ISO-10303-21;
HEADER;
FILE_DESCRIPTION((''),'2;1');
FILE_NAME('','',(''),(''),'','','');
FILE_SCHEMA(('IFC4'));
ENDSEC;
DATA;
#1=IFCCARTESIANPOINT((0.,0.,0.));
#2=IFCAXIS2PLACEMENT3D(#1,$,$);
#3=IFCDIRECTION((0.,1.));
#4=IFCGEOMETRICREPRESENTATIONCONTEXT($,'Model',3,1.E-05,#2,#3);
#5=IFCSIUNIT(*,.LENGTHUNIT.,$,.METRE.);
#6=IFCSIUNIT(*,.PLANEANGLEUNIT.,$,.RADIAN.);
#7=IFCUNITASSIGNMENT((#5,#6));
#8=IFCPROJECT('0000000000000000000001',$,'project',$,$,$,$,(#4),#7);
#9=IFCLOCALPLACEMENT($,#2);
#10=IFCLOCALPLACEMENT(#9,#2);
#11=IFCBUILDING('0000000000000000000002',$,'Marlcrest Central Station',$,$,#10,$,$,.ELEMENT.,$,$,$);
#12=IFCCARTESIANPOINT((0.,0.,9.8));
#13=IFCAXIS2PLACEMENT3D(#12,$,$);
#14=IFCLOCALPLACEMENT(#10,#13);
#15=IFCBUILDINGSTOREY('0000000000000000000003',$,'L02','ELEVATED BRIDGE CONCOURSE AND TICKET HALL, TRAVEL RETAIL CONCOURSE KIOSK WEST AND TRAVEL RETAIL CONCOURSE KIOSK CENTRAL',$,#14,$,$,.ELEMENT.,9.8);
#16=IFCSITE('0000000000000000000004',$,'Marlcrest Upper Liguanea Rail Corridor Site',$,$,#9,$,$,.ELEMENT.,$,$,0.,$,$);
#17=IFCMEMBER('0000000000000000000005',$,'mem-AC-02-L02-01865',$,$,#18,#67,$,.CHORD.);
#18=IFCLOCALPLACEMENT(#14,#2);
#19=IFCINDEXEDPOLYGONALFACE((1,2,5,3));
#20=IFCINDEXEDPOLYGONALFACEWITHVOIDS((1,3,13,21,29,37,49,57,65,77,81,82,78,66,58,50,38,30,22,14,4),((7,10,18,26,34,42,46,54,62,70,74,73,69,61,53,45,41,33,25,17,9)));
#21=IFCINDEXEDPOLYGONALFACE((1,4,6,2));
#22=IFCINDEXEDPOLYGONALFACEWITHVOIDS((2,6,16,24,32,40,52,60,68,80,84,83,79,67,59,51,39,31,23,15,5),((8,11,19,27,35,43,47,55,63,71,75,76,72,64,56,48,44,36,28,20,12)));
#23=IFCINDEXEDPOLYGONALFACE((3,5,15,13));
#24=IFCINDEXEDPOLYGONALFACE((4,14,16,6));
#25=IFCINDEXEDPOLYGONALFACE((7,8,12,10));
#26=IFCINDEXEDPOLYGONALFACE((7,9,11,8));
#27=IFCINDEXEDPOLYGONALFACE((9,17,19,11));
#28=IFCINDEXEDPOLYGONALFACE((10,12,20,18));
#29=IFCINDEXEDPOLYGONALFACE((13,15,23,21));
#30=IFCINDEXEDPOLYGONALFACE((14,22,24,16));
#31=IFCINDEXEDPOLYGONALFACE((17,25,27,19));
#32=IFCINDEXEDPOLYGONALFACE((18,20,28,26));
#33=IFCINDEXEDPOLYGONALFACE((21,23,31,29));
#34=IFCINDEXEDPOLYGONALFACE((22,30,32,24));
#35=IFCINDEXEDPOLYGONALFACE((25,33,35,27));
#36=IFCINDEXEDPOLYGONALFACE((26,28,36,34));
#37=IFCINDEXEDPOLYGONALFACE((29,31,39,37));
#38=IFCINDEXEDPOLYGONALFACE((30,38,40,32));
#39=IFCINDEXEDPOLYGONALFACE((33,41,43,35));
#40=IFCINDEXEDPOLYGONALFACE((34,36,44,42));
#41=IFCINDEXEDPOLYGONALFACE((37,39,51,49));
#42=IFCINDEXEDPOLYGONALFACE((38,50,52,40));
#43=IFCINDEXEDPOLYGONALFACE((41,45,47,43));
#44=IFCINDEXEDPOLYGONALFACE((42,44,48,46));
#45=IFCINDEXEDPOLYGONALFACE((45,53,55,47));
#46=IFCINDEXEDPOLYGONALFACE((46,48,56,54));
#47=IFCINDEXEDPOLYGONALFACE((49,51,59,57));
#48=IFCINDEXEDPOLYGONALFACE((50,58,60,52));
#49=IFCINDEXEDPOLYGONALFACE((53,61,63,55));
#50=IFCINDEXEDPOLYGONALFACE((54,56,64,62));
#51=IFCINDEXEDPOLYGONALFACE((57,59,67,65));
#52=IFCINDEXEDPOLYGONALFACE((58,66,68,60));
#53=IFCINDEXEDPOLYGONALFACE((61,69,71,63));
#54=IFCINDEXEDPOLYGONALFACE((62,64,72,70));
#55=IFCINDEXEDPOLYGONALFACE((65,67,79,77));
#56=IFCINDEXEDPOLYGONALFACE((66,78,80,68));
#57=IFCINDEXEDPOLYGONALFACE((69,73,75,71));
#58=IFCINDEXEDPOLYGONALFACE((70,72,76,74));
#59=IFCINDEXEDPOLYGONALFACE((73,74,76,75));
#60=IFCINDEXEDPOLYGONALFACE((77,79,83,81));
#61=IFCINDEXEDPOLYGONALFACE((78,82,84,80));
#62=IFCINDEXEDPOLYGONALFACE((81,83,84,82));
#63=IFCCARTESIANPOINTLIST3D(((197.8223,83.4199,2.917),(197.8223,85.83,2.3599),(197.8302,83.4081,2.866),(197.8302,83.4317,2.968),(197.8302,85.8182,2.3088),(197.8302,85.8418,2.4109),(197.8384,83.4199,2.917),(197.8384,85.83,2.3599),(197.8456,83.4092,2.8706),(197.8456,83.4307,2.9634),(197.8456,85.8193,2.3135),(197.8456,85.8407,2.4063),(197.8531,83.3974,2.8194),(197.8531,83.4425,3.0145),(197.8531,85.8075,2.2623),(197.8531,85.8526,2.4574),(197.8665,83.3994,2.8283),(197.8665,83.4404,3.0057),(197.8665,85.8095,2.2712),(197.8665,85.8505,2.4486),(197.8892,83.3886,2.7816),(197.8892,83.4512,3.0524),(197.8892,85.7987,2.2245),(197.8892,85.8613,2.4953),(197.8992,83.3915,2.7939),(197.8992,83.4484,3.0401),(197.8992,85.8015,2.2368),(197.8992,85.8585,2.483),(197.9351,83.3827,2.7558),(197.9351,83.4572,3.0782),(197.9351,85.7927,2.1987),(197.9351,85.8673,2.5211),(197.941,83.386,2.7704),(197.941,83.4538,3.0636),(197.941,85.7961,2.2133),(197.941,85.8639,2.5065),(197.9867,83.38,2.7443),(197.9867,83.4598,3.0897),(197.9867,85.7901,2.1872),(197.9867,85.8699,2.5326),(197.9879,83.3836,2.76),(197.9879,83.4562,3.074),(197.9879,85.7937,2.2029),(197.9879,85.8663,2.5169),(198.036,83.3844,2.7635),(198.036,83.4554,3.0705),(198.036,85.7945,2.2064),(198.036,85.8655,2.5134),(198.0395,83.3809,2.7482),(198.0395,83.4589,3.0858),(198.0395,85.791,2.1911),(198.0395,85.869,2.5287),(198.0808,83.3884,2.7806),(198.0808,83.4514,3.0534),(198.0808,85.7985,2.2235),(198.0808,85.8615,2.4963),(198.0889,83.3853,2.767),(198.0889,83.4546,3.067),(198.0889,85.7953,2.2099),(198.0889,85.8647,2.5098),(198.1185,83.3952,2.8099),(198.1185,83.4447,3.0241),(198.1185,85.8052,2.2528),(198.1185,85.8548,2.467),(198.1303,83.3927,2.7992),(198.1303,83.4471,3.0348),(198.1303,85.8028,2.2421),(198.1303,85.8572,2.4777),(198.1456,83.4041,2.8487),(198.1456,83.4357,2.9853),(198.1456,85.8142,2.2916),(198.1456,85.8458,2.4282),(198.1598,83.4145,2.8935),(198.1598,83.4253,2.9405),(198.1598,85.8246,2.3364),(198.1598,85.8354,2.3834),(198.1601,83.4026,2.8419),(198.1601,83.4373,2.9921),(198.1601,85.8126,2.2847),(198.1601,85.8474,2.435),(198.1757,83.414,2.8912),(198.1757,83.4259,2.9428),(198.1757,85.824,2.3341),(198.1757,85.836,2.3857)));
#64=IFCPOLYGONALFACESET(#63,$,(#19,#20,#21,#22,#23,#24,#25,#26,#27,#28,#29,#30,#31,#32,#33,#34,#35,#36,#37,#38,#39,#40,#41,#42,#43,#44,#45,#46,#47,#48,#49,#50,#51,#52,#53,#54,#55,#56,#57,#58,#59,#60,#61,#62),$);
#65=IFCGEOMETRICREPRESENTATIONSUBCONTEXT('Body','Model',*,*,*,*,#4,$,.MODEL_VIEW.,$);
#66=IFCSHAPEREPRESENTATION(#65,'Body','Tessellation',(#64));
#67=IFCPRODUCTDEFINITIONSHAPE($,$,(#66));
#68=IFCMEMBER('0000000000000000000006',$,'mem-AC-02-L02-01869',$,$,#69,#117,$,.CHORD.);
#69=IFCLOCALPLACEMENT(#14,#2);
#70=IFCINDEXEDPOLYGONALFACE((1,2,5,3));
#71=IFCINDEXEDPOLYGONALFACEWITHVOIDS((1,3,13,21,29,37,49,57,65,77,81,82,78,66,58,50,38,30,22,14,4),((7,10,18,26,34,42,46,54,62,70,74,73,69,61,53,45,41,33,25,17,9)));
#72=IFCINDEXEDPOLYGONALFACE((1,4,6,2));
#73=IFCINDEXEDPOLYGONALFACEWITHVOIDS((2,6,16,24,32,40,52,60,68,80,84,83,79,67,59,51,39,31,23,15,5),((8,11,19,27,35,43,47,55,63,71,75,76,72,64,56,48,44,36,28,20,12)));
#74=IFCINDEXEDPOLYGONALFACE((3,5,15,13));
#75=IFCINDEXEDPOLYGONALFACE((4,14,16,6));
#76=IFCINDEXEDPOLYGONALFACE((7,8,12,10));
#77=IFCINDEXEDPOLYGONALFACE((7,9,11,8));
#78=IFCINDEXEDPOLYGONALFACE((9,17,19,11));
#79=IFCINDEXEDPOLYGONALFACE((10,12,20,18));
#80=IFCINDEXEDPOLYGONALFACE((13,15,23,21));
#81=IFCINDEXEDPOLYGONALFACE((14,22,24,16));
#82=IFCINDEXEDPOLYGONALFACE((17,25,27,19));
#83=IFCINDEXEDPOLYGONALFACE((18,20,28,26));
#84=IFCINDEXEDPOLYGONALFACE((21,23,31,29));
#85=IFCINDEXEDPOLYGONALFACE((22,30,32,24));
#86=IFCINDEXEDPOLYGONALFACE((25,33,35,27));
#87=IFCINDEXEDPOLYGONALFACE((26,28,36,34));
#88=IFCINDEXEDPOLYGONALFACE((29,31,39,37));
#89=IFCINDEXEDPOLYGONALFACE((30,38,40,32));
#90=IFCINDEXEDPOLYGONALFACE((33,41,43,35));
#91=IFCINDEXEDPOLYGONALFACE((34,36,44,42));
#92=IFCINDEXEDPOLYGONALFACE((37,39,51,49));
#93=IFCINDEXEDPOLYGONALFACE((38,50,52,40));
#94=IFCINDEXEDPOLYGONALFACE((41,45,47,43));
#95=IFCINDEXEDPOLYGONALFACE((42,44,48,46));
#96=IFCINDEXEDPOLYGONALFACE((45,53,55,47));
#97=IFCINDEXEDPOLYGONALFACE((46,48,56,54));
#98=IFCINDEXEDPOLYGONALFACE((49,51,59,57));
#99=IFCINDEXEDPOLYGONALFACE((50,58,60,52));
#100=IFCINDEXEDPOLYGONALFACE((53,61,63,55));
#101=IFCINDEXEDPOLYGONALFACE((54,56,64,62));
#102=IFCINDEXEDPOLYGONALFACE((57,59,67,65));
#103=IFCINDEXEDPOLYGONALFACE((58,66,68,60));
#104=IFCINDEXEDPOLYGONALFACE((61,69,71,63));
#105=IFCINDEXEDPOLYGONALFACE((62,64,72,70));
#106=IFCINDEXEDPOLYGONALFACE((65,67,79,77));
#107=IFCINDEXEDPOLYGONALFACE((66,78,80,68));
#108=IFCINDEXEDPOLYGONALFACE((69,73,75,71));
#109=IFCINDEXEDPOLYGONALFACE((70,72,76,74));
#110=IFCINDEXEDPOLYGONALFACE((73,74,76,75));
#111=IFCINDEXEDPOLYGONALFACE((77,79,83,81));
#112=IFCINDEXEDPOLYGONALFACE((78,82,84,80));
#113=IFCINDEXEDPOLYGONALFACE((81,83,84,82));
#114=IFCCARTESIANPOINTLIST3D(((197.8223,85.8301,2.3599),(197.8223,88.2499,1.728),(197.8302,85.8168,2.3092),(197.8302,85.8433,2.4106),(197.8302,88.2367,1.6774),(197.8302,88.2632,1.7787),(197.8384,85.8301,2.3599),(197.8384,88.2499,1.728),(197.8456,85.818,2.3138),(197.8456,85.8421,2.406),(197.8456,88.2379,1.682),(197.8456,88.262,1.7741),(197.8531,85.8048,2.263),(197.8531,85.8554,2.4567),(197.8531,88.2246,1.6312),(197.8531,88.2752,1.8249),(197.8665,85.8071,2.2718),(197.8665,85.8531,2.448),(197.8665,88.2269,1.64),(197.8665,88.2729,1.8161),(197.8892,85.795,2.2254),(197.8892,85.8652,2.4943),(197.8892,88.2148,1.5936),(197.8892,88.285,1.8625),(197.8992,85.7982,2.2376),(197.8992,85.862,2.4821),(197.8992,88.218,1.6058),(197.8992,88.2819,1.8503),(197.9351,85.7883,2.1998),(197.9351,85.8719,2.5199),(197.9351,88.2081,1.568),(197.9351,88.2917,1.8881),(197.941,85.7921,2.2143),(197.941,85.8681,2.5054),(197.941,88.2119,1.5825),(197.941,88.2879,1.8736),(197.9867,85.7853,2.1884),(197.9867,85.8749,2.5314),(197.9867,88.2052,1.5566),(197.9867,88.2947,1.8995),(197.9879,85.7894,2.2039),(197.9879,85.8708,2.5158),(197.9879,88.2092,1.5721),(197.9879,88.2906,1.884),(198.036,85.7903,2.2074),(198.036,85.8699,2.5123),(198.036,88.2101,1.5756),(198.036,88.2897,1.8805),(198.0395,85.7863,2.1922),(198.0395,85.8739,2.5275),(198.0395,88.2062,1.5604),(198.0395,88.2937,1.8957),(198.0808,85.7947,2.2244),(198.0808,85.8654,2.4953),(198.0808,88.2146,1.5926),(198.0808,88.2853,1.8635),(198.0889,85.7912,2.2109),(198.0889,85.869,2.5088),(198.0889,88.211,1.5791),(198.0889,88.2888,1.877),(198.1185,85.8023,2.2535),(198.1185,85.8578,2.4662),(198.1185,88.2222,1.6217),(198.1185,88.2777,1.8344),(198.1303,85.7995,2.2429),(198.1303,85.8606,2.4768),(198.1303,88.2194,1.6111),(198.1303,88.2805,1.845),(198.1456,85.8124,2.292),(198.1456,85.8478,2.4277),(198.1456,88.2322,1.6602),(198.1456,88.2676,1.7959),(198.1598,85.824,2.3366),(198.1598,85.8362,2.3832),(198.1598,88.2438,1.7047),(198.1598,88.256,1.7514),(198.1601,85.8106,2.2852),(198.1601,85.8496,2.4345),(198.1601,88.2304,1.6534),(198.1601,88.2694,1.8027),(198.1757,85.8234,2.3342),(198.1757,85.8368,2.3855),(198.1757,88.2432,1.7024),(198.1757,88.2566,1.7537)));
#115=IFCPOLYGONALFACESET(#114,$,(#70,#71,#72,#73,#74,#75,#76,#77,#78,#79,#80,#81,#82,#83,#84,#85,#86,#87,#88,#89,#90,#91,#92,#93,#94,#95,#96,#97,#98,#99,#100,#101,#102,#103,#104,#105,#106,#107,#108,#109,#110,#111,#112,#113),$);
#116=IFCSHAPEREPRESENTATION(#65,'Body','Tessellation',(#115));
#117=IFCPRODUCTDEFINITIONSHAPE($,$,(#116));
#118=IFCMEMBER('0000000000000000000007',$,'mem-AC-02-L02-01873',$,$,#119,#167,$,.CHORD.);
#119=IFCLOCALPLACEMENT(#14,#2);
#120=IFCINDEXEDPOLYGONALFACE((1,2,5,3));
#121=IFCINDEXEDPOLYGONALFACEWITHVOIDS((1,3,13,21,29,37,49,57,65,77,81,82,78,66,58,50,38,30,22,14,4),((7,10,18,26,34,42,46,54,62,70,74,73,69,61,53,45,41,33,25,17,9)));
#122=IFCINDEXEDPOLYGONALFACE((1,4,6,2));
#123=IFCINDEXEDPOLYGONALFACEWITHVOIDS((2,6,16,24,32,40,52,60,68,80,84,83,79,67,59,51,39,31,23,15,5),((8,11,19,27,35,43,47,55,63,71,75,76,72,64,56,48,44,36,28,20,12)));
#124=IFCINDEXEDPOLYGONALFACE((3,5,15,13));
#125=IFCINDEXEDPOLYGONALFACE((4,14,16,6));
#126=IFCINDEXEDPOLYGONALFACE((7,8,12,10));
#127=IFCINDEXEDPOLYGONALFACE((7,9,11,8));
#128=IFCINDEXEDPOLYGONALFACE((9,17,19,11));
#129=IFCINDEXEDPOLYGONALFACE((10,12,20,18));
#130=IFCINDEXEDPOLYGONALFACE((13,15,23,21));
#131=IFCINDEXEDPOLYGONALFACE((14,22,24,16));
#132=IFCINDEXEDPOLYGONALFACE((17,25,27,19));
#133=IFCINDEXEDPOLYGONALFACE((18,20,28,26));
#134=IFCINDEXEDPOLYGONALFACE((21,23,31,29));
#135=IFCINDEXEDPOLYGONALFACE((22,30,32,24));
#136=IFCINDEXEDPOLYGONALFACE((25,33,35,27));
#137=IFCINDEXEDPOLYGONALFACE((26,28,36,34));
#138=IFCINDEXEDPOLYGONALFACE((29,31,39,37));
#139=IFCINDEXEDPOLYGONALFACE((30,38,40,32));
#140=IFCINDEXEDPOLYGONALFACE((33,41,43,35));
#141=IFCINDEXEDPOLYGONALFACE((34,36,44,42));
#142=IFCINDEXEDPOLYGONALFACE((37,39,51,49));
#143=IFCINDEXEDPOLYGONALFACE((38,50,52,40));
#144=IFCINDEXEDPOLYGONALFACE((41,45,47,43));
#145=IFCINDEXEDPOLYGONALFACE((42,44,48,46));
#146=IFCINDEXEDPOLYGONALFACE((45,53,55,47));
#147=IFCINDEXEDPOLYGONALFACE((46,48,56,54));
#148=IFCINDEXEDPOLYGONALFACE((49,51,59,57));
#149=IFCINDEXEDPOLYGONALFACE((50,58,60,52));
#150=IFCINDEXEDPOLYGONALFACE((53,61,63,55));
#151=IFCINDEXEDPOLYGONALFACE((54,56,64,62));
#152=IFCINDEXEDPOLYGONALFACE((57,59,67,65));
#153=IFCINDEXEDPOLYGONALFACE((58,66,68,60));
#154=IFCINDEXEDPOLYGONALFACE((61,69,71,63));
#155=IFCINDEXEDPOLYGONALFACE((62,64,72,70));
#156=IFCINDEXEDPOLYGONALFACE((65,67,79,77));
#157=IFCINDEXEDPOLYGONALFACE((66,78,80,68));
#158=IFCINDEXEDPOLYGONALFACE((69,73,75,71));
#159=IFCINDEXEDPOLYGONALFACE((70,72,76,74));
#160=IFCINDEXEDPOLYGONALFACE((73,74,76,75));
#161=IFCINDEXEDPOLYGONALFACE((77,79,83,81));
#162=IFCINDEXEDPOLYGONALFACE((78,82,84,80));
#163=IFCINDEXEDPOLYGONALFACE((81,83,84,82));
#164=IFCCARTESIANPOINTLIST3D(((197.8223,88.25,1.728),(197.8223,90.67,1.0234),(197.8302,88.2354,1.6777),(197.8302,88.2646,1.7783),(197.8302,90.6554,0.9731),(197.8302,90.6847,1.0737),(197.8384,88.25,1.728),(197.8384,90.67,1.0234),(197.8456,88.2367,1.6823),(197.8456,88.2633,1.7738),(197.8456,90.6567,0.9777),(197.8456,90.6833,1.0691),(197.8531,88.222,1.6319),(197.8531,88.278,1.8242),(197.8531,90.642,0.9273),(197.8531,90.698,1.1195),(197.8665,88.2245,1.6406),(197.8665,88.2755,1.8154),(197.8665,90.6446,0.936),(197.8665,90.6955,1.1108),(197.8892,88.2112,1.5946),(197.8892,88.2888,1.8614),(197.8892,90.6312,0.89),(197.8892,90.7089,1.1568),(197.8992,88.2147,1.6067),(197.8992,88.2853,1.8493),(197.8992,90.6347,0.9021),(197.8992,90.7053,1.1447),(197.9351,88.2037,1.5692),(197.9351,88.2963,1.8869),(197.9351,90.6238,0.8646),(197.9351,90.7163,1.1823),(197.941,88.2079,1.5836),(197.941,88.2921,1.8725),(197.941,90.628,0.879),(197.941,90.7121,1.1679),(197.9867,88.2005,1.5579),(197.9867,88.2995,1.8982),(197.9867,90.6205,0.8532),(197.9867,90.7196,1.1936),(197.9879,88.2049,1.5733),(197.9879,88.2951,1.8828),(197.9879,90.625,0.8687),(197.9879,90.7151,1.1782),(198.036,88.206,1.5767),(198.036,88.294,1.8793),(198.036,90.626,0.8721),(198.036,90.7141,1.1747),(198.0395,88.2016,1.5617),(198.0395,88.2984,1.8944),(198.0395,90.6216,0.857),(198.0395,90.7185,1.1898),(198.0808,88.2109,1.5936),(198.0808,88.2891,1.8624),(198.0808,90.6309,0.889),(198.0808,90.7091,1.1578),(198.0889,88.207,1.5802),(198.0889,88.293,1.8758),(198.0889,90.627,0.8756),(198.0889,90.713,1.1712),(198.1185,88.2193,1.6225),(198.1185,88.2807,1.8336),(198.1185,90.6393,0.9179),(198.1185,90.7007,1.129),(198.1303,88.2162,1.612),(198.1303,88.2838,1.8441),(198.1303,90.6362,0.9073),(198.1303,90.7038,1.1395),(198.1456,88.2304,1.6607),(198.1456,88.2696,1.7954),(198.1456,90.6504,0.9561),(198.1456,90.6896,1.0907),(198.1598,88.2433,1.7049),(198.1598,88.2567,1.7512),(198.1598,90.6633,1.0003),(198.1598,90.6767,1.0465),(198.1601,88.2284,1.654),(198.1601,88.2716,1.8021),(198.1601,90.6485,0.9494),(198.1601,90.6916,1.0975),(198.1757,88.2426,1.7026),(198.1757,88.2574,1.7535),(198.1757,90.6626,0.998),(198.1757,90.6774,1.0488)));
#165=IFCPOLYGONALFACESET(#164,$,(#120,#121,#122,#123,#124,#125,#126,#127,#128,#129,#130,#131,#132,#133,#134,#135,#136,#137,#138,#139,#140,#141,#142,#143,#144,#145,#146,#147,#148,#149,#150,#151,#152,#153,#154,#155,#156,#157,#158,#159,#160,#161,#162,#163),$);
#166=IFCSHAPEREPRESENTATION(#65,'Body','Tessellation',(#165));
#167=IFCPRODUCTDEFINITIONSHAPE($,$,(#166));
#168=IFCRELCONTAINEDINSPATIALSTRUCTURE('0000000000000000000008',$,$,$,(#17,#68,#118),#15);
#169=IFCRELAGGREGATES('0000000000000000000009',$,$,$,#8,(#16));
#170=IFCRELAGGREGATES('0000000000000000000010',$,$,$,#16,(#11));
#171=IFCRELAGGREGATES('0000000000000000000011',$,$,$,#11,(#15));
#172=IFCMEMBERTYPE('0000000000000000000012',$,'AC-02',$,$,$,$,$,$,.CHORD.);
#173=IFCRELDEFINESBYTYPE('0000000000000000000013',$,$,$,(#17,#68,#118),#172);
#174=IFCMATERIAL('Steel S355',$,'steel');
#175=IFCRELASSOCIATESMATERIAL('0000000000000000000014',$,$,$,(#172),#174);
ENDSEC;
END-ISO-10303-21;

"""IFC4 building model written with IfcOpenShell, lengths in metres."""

from ifc_helpers import new_model, si_unit, direction, frame, origin, origin_2d, place, context, subcontext, project, spatial, hollow_circle, extrude, material, material_profile, profile_set, type_object, element, save


model = new_model("IFC4")

# Units and contexts
model_context = context("Model", 3, precision=1e-05, world=origin(), true_north=direction((0.0, 1.0)))
body_context = subcontext(model_context, "Body", "Model", "MODEL_VIEW")
ifc_project = project(units=[si_unit("LENGTHUNIT", "METRE"), si_unit("PLANEANGLEUNIT", "RADIAN")], contexts=[model_context])

# Site, building, storey
site_placement = place(None, origin())
site = spatial("IfcSite", under=ifc_project, at=site_placement, Name="Marlcrest Upper Liguanea Rail Corridor Site", CompositionType="ELEMENT", RefElevation=0.0)
building_placement = place(site_placement, origin())
building = spatial("IfcBuilding", under=site, at=building_placement, Name="Marlcrest Central Station", CompositionType="ELEMENT")
storey_placement = place(building_placement, frame((0.0, 0.0, 9.8)))
storey = spatial("IfcBuildingStorey", under=building, at=storey_placement, Name="L02", Description="ELEVATED BRIDGE CONCOURSE AND TICKET HALL, TRAVEL RETAIL CONCOURSE KIOSK WEST AND TRAVEL RETAIL CONCOURSE KIOSK CENTRAL", CompositionType="ELEMENT", Elevation=9.8)

# Members
ifc_material_1 = material(Name="Steel S355", Category="steel")
ifc_material_profile_1 = material_profile(ifc_material_1, hollow_circle(Radius=0.1777, WallThickness=0.0161, at=origin_2d()), Name="CHS 355.6x16")
ifc_profile_set_1 = profile_set([ifc_material_profile_1], Name="Steel S355")
member_type_1 = type_object("IfcMemberType", Name="AC-02", PredefinedType="CHORD", material=ifc_profile_set_1)
member_1_placement = place(storey_placement, frame((198.0, 83.4199, 2.917), z_axis=(0.0, 0.974308, -0.22522), x_axis=(-1.0, 0.0, 0.0)))
element("IfcMember", 1, at=member_1_placement, inside=storey, type_object=member_type_1, Name="mem-AC-02-L02-01865", PredefinedType="CHORD", context=body_context, shape_type="SweptSolid", body=[
    extrude(hollow_circle(Radius=0.1777, WallThickness=0.0161, at=origin_2d()), origin(), (0.0, 0.0, 1.0), 2.4736),
])
member_2_placement = place(storey_placement, frame((198.0, 85.8301, 2.3599), z_axis=(0.0, 0.967563, -0.252629), x_axis=(-1.0, 0.0, 0.0)))
element("IfcMember", 2, at=member_2_placement, inside=storey, type_object=member_type_1, Name="mem-AC-02-L02-01869", PredefinedType="CHORD", context=body_context, shape_type="SweptSolid", body=[
    extrude(hollow_circle(Radius=0.1777, WallThickness=0.0161, at=origin_2d()), origin(), (0.0, 0.0, 1.0), 2.501),
])
member_3_placement = place(storey_placement, frame((198.0, 88.25, 1.728), z_axis=(0.0, 0.96013, -0.279554), x_axis=(-1.0, 0.0, 0.0)))
element("IfcMember", 3, at=member_3_placement, inside=storey, type_object=member_type_1, Name="mem-AC-02-L02-01873", PredefinedType="CHORD", context=body_context, shape_type="SweptSolid", body=[
    extrude(hollow_circle(Radius=0.1777, WallThickness=0.0161, at=origin_2d()), origin(), (0.0, 0.0, 1.0), 2.5205),
])

save(model, "model.ifc")
